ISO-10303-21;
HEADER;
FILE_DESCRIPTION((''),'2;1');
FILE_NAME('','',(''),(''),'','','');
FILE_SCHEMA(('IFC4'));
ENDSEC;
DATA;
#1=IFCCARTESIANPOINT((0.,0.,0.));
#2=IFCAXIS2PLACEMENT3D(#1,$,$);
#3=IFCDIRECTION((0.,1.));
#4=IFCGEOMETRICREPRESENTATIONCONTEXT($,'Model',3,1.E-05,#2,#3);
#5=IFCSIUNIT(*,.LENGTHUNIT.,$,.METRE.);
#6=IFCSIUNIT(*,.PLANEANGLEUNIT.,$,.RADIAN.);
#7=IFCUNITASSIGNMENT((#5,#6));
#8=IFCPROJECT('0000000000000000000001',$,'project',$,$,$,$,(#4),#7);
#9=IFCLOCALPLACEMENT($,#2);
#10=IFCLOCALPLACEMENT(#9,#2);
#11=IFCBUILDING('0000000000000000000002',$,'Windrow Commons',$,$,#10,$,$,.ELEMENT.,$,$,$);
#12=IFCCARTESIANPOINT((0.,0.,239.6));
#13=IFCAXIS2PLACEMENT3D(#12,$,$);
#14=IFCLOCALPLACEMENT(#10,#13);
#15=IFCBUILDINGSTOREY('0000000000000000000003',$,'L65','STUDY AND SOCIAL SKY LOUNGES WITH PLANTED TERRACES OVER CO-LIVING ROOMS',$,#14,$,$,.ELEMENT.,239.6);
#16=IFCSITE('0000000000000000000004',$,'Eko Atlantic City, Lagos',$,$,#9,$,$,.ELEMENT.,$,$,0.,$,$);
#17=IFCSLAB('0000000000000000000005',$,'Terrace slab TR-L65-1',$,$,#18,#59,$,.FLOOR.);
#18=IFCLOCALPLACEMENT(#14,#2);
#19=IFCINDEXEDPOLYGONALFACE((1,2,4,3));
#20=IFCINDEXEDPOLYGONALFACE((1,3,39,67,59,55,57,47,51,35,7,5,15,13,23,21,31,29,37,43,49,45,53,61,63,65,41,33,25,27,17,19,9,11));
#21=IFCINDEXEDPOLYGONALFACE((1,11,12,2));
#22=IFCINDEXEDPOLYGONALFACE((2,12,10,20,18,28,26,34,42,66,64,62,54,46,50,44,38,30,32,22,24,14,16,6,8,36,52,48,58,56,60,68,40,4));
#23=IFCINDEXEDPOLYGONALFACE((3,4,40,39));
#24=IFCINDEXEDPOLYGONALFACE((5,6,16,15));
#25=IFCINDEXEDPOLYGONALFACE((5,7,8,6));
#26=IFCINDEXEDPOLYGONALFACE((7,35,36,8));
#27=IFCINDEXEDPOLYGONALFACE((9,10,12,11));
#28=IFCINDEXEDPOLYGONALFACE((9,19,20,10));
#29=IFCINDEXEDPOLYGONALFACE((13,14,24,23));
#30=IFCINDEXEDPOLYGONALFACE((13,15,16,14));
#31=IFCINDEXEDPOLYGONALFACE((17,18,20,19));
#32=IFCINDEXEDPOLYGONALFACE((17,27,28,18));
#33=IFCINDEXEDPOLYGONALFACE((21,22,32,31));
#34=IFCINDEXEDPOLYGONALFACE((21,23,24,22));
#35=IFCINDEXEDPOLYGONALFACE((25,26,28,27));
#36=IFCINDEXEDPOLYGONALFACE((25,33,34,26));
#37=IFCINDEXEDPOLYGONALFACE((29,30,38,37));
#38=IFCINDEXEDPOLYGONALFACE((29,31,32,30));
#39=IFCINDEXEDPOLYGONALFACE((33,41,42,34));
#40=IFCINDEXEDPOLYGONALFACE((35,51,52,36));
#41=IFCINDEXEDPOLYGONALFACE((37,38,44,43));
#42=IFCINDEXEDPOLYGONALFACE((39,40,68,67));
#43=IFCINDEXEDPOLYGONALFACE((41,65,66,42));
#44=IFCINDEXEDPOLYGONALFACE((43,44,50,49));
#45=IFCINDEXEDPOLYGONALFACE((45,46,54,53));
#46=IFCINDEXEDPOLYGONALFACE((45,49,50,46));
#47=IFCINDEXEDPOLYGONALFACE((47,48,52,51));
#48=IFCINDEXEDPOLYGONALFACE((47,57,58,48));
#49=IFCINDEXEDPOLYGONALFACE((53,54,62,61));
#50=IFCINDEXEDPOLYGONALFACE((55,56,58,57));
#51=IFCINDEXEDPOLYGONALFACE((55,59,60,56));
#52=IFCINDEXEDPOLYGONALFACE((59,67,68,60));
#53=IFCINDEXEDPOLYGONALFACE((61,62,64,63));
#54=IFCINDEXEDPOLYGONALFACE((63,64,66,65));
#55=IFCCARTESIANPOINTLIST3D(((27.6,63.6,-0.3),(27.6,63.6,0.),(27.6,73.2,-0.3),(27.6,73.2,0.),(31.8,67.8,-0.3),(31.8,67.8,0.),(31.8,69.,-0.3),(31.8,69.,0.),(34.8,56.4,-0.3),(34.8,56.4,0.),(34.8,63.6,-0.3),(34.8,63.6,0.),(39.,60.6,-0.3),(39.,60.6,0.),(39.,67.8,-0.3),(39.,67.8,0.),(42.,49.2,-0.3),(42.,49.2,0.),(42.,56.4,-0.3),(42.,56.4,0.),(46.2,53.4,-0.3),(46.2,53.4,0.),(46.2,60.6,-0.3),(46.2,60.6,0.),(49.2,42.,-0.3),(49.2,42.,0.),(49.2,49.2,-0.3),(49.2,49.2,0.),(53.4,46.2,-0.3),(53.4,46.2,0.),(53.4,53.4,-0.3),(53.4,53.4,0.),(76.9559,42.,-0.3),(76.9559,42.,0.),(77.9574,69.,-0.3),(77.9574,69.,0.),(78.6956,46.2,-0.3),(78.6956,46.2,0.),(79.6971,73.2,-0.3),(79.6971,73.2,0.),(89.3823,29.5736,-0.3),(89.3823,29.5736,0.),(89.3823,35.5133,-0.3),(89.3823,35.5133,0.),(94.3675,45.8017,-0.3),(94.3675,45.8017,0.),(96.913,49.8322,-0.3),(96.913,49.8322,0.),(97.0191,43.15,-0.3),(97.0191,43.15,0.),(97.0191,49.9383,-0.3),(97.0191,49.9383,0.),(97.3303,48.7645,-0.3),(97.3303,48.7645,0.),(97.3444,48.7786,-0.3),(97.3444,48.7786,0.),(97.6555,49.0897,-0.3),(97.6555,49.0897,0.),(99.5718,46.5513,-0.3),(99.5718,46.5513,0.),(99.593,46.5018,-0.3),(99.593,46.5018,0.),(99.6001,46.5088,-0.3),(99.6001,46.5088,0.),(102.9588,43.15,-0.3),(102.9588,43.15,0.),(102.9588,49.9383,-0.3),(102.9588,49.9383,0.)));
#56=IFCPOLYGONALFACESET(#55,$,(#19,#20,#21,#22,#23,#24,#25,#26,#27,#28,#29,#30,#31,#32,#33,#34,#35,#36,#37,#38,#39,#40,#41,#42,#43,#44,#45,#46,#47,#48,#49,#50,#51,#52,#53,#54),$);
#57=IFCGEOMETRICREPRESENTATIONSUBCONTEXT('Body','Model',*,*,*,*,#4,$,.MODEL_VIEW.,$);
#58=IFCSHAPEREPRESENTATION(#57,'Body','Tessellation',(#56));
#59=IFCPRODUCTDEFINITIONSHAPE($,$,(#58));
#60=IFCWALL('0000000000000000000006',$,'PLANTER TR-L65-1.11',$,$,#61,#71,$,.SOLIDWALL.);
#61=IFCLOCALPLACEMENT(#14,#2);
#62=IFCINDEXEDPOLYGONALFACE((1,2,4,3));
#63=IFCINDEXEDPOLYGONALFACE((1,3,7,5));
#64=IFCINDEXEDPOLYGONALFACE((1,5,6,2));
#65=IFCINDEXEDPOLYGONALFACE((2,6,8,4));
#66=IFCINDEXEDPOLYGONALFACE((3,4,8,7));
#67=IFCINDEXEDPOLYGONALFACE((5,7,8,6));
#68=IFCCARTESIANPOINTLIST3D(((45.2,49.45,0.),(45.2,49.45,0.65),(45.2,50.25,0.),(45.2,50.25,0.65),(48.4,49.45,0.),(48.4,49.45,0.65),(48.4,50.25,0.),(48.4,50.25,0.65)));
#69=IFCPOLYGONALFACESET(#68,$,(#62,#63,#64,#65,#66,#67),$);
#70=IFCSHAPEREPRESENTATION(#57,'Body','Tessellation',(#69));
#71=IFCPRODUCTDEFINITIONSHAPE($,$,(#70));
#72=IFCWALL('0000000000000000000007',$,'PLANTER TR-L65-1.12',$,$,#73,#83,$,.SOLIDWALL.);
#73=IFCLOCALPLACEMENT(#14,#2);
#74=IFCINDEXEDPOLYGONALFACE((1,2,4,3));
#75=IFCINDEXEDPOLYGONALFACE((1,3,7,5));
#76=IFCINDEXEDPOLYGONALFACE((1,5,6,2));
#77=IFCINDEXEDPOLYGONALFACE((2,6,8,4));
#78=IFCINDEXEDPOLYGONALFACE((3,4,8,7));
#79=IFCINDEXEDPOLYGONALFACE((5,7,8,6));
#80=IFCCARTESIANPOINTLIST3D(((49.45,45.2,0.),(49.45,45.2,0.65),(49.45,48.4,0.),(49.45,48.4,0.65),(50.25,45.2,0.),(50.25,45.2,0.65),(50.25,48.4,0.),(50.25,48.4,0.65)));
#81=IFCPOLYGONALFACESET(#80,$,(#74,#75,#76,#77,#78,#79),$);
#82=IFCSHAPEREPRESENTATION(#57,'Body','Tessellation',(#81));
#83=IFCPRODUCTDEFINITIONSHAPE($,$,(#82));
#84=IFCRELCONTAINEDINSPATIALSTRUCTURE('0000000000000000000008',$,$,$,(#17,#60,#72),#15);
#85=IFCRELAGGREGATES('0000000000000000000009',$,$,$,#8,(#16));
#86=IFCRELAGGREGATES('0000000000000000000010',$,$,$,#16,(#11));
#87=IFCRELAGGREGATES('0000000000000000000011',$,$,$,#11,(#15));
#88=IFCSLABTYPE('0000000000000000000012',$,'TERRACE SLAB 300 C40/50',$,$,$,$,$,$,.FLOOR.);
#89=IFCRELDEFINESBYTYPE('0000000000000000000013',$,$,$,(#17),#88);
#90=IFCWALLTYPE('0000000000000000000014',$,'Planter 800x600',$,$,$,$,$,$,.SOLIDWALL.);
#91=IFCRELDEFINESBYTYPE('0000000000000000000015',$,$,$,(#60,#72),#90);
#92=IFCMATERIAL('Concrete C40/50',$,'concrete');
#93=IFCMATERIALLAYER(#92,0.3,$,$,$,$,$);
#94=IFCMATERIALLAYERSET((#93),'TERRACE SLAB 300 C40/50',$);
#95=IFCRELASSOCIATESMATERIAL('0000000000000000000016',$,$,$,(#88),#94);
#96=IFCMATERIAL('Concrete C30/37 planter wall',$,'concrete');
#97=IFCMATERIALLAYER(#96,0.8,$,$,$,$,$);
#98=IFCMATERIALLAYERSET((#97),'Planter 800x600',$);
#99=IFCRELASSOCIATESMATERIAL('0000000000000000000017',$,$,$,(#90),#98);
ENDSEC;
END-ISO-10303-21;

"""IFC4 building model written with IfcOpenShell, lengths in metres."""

from ifc_helpers import new_model, si_unit, direction, frame, frame_2d, origin, place, context, subcontext, project, spatial, polyline, rectangle, outline, extrude, material, layer, layer_set, type_object, element, save


model = new_model("IFC4")

# Units and contexts
model_context = context("Model", 3, precision=1e-05, world=origin(), true_north=direction((0.0, 1.0)))
body_context = subcontext(model_context, "Body", "Model", "MODEL_VIEW")
ifc_project = project(units=[si_unit("LENGTHUNIT", "METRE"), si_unit("PLANEANGLEUNIT", "RADIAN")], contexts=[model_context])

# Site, building, storey
site_placement = place(None, origin())
site = spatial("IfcSite", under=ifc_project, at=site_placement, Name="Eko Atlantic City, Lagos", CompositionType="ELEMENT", RefElevation=0.0)
building_placement = place(site_placement, origin())
building = spatial("IfcBuilding", under=site, at=building_placement, Name="Windrow Commons", CompositionType="ELEMENT")
storey_placement = place(building_placement, frame((0.0, 0.0, 239.6)))
storey = spatial("IfcBuildingStorey", under=building, at=storey_placement, Name="L65", Description="STUDY AND SOCIAL SKY LOUNGES WITH PLANTED TERRACES OVER CO-LIVING ROOMS", CompositionType="ELEMENT", Elevation=239.6)

# Shared definitions
placement_1 = place(storey_placement, frame((0.0, 0.0, -0.3)))

# Slab
ifc_material_1 = material(Name="Concrete C40/50", Category="concrete")
ifc_layer_1 = layer(ifc_material_1, 0.3)
ifc_layer_set_1 = layer_set([ifc_layer_1], Name="TERRACE SLAB 300 C40/50")
slab_type_1 = type_object("IfcSlabType", Name="TERRACE SLAB 300 C40/50", PredefinedType="FLOOR", material=ifc_layer_set_1)
element("IfcSlab", 1, at=placement_1, inside=storey, type_object=slab_type_1, Name="Terrace slab TR-L65-1", PredefinedType="FLOOR", context=body_context, shape_type="SweptSolid", body=[
    extrude(outline(polyline([(49.2, 49.2), (49.2, 42.0), (76.9559, 42.0), (89.3823, 29.5736), (102.9588, 43.15), (99.6001, 46.5088), (99.593, 46.5018), (97.3303, 48.7645), (94.3675, 45.8017), (97.0191, 43.15), (89.3823, 35.5133), (78.6956, 46.2), (53.4, 46.2), (53.4, 53.4), (46.2, 53.4), (46.2, 60.6), (39.0, 60.6), (39.0, 67.8), (31.8, 67.8), (31.8, 69.0), (77.9574, 69.0), (97.0191, 49.9383), (96.913, 49.8322), (97.6555, 49.0897), (97.3444, 48.7786), (99.5718, 46.5513), (102.9588, 49.9383), (79.6971, 73.2), (27.6, 73.2), (27.6, 63.6), (34.8, 63.6), (34.8, 56.4), (42.0, 56.4), (42.0, 49.2), (49.2, 49.2)])), origin(), (0.0, 0.0, 1.0), 0.3),
])

# Walls
ifc_material_2 = material(Name="Concrete C30/37 planter wall", Category="concrete")
ifc_layer_2 = layer(ifc_material_2, 0.8)
ifc_layer_set_2 = layer_set([ifc_layer_2], Name="Planter 800x600")
wall_type = type_object("IfcWallType", Name="Planter 800x600", PredefinedType="SOLIDWALL", material=ifc_layer_set_2)
for number, where, z_axis, x_axis, name in (
    (2, (45.2, 49.85, 0.0), (0.0, 0.0, 1.0), (1.0, 0.0, 0.0), "PLANTER TR-L65-1.11"),
    (3, (49.85, 48.4, 0.0), (0.0, 0.0, 1.0), (0.0, -1.0, 0.0), "PLANTER TR-L65-1.12"),
):
    element("IfcWall", number, at=place(storey_placement, frame(where, z_axis=z_axis, x_axis=x_axis)), inside=storey, type_object=wall_type, Name=name, PredefinedType="SOLIDWALL", context=body_context, shape_type="SweptSolid", body=[
        extrude(rectangle(XDim=3.2, YDim=0.8, at=frame_2d((1.6, 0.0))), origin(), (0.0, 0.0, 1.0), 0.65),
    ])

save(model, "model.ifc")
